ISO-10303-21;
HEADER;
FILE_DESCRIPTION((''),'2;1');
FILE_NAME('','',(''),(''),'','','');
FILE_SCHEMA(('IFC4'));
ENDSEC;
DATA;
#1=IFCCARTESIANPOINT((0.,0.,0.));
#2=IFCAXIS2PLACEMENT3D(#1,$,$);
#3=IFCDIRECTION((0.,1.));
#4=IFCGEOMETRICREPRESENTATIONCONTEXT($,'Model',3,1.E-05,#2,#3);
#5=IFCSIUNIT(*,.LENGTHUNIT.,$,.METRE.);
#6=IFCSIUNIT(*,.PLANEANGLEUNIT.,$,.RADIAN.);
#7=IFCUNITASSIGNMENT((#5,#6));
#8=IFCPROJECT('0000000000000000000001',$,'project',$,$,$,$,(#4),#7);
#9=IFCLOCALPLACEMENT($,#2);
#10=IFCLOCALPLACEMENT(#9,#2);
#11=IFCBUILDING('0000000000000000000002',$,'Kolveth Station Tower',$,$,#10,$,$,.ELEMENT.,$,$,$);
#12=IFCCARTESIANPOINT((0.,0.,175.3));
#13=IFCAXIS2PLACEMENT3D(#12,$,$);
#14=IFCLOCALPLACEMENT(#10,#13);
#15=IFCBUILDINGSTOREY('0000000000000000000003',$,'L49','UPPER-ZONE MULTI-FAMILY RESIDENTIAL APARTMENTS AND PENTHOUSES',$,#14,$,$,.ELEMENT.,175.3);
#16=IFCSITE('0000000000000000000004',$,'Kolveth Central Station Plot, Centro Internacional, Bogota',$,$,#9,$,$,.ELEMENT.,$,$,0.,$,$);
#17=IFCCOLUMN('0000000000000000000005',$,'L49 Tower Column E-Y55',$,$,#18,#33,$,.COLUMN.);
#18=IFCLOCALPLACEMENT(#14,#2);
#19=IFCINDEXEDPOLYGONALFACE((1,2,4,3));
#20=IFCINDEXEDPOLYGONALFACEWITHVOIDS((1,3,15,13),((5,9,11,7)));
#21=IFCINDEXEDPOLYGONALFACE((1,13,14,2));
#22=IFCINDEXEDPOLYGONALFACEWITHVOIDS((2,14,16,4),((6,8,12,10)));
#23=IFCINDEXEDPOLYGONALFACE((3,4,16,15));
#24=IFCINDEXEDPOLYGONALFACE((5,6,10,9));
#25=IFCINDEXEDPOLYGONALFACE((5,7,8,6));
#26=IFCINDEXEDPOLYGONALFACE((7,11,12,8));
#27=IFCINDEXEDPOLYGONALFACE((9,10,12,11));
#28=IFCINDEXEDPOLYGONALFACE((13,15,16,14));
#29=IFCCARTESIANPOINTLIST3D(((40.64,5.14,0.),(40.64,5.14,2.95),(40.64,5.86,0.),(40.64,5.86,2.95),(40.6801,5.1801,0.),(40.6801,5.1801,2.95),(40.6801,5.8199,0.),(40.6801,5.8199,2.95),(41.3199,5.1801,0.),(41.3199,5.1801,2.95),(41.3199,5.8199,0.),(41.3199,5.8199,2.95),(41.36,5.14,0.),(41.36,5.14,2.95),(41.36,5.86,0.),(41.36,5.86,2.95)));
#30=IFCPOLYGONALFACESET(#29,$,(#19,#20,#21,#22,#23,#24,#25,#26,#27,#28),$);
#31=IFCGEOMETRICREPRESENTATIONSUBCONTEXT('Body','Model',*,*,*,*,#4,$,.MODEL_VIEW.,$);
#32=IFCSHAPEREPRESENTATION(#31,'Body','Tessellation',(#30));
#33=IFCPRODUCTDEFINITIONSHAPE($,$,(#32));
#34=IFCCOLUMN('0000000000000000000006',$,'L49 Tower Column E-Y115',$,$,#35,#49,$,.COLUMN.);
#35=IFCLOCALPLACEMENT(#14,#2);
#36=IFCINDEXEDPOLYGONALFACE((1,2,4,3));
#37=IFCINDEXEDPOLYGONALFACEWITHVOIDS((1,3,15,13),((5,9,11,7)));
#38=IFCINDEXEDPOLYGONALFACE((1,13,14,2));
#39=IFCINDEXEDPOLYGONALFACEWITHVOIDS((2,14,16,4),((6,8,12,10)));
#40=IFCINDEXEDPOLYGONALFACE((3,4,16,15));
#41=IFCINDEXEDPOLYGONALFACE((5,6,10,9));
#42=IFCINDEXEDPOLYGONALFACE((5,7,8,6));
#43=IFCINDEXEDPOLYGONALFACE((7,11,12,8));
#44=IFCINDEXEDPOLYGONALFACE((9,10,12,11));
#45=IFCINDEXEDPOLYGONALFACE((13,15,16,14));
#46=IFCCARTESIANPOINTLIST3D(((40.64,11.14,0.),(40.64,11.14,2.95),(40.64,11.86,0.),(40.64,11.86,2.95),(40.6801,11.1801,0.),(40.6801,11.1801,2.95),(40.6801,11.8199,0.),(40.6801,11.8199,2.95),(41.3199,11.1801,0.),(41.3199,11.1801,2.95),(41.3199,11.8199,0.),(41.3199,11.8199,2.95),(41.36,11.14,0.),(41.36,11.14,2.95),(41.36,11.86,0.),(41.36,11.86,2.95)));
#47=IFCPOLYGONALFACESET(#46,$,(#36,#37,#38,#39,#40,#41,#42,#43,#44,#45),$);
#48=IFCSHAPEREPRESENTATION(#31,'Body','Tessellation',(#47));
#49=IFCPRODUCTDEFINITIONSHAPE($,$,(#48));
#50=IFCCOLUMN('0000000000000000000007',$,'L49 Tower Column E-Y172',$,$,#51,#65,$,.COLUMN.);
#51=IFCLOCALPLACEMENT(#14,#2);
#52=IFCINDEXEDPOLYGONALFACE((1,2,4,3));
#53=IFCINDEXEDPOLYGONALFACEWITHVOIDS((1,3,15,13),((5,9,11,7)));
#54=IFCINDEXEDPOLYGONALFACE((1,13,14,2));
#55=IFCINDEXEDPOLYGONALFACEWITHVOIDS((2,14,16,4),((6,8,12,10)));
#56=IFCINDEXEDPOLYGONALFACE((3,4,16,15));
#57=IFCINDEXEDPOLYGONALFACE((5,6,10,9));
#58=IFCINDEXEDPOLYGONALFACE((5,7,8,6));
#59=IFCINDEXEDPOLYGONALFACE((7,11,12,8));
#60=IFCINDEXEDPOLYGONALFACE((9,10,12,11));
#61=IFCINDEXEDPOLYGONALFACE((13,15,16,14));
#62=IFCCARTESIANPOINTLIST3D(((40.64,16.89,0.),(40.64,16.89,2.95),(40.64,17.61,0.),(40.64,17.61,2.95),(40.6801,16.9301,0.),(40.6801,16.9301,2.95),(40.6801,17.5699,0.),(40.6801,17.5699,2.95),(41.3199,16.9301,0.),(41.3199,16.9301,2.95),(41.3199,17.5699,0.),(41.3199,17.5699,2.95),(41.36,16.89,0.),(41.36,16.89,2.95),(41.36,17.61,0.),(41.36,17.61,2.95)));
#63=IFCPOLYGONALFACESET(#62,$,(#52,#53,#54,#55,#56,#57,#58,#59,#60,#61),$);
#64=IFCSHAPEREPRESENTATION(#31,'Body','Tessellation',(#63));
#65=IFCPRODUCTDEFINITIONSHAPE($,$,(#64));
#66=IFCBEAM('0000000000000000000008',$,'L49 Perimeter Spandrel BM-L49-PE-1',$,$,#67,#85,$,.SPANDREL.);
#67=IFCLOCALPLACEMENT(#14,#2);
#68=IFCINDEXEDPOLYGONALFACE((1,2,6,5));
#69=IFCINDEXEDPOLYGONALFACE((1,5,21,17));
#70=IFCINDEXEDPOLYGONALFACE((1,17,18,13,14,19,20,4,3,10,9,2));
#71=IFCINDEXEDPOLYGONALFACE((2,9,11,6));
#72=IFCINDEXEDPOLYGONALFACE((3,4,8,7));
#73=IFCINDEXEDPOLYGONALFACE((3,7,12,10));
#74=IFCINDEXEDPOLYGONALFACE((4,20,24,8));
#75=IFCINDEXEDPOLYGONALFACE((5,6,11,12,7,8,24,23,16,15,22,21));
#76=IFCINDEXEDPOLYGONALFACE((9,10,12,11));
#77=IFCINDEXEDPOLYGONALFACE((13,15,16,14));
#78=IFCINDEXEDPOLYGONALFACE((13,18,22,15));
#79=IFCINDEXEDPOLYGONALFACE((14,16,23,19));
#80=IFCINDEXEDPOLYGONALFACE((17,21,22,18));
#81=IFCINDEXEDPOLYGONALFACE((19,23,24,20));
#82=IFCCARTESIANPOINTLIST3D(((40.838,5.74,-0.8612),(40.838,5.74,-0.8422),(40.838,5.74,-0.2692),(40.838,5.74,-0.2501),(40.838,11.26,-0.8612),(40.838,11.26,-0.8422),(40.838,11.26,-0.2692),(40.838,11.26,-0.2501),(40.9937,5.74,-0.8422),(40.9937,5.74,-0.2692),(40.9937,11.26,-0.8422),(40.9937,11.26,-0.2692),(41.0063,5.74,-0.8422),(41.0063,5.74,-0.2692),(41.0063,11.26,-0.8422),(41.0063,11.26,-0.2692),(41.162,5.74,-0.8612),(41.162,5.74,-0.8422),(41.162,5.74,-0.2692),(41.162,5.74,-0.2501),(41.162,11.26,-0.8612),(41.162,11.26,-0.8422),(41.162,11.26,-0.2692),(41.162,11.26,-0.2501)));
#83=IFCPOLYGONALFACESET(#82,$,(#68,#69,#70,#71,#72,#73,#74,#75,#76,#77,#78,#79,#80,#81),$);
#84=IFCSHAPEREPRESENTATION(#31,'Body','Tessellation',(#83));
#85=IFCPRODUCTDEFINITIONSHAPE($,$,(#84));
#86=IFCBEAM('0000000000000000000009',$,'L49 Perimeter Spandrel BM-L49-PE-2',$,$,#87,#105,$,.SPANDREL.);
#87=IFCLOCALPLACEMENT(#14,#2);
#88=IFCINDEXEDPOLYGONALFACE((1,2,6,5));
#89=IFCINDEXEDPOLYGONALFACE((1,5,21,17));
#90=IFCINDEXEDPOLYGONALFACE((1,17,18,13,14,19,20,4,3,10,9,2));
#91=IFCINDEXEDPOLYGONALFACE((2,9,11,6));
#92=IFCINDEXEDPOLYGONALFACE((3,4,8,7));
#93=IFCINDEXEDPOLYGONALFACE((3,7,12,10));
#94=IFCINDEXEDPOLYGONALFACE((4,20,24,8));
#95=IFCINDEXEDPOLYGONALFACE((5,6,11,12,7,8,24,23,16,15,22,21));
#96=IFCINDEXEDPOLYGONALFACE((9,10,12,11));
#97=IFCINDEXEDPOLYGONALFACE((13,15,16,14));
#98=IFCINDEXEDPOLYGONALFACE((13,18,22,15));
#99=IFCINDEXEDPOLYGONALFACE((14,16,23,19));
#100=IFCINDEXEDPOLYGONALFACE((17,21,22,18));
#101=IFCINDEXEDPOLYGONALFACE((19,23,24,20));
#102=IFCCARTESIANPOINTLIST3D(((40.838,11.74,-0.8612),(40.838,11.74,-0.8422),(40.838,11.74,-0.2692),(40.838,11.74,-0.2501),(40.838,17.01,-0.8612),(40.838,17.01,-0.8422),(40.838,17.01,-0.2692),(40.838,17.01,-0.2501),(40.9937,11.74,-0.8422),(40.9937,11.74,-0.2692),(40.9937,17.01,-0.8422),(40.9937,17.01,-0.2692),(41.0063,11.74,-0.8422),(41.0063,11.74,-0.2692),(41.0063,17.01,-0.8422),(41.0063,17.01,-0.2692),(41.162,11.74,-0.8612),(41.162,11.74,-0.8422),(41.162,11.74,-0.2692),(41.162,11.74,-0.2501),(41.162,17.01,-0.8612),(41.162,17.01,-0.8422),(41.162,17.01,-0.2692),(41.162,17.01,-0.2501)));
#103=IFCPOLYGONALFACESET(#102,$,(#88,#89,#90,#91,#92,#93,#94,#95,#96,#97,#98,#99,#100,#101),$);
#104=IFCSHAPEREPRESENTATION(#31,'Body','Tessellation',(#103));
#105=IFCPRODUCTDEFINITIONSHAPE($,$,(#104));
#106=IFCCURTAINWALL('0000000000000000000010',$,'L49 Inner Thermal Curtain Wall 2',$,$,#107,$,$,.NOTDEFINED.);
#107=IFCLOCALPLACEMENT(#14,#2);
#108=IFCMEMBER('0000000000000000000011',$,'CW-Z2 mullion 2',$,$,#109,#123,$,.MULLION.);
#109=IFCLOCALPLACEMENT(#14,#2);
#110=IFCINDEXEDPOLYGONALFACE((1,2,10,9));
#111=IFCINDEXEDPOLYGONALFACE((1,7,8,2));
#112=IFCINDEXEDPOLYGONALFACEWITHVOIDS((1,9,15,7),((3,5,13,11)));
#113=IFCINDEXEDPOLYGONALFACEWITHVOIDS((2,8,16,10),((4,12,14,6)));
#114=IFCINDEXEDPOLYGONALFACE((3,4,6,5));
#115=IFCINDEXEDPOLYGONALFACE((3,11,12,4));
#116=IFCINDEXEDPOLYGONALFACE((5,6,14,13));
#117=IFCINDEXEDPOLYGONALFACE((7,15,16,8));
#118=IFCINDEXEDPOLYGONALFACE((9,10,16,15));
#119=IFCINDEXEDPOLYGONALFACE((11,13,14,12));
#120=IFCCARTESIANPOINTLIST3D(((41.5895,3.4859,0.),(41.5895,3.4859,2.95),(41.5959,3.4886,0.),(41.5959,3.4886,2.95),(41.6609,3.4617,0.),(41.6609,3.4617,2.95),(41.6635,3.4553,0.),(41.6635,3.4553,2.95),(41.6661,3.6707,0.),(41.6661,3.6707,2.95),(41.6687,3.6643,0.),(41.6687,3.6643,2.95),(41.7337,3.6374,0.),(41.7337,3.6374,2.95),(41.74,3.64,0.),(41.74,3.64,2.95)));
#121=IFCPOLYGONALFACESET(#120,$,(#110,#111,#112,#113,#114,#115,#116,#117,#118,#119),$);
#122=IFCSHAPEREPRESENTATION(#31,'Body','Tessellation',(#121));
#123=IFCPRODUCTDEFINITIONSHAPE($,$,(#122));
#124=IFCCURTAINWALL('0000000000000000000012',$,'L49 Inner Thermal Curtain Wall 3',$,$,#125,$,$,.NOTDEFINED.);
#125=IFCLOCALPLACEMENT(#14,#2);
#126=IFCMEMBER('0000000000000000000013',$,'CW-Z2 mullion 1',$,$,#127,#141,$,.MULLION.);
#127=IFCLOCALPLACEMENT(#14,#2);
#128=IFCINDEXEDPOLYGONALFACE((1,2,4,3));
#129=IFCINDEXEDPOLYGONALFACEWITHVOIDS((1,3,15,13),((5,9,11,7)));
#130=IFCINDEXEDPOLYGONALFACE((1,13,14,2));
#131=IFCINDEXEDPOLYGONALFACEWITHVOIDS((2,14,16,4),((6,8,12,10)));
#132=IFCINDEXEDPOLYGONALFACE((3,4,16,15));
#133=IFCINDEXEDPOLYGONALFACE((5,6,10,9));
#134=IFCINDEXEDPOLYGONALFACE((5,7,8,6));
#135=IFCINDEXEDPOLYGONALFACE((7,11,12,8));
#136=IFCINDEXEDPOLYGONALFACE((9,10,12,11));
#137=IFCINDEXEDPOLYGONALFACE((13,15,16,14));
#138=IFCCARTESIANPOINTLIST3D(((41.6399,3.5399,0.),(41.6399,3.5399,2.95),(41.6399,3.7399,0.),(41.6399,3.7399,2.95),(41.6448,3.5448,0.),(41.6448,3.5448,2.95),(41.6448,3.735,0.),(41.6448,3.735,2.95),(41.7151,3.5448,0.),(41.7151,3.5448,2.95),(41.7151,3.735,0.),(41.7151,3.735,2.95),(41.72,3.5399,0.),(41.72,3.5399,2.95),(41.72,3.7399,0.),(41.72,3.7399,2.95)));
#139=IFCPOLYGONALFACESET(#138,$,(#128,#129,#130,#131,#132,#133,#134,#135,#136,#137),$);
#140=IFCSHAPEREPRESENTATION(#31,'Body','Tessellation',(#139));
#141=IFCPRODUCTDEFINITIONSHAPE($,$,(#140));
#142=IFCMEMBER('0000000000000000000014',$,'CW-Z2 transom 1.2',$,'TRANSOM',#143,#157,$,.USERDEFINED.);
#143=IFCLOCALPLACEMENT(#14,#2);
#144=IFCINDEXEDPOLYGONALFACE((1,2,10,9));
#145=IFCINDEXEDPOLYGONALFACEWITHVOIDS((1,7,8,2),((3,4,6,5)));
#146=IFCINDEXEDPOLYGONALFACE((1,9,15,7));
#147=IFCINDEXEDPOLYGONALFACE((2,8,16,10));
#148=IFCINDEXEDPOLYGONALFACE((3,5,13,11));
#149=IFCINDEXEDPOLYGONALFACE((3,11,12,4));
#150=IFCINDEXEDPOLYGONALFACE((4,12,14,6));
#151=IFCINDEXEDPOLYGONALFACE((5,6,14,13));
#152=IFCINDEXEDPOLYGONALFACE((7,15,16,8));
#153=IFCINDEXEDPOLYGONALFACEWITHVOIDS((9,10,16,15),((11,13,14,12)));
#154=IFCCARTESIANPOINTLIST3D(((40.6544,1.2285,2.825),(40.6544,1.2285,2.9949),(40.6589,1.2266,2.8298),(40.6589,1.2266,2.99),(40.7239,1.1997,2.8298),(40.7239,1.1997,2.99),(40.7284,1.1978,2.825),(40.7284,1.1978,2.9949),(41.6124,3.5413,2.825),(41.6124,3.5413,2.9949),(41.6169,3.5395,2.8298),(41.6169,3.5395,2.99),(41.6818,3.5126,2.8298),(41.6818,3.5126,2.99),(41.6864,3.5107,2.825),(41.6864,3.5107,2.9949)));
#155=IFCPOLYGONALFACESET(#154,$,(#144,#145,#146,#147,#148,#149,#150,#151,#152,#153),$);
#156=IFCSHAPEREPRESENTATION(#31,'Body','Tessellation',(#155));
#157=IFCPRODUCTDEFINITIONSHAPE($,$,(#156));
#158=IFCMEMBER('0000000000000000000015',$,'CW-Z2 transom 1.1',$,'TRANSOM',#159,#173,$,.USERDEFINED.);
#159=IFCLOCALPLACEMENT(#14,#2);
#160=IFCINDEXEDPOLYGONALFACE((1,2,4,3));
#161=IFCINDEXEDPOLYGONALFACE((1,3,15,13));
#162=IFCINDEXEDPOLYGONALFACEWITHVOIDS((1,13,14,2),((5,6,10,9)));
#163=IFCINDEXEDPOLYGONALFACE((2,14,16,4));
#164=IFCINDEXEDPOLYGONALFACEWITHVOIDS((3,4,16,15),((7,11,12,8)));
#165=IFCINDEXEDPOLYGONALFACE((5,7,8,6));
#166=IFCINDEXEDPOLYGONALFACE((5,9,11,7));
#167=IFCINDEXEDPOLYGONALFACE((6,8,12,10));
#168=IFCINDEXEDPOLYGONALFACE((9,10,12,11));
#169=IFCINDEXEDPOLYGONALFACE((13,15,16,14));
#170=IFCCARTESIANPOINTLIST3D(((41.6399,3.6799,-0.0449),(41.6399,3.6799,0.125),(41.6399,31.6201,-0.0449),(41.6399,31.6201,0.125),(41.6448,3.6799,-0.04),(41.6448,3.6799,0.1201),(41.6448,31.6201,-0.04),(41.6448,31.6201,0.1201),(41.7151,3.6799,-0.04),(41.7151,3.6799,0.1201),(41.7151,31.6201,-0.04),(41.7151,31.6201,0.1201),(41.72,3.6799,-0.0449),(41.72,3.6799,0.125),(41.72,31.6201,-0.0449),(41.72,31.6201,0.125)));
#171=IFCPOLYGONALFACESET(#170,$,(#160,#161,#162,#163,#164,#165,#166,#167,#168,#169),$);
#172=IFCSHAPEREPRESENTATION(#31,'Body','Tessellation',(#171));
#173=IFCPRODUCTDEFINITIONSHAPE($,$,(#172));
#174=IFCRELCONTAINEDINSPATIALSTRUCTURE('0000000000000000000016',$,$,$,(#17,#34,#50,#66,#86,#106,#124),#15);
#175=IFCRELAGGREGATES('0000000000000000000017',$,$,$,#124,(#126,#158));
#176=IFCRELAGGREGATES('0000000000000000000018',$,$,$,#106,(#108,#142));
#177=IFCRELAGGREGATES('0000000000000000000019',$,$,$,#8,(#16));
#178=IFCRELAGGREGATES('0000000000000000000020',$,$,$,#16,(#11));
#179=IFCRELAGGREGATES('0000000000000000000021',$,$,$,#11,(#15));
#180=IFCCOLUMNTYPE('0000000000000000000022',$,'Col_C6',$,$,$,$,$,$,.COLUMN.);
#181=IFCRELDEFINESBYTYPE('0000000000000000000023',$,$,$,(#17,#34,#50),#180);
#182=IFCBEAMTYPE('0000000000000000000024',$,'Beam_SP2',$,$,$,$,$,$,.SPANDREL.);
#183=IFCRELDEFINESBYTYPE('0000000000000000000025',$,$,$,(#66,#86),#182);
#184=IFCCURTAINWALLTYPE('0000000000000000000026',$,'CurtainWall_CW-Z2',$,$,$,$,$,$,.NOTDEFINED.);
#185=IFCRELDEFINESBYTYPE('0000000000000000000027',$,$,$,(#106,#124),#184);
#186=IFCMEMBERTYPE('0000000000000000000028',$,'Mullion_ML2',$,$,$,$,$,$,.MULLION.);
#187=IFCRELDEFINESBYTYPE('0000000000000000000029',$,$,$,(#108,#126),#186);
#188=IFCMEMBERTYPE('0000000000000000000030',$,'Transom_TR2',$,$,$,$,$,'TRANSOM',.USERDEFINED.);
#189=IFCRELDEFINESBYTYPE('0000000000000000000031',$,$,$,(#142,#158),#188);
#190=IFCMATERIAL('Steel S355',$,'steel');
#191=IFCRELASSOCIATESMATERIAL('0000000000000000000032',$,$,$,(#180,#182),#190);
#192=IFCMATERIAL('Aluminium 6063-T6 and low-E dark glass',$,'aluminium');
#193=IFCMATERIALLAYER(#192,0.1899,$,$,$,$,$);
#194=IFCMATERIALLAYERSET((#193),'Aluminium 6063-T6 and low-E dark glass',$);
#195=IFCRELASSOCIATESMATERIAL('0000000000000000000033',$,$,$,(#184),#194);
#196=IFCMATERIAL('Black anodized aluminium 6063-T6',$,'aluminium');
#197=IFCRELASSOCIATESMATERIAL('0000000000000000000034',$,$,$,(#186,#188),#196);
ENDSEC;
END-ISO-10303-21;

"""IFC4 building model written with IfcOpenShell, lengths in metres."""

from ifc_helpers import new_model, si_unit, direction, frame, origin, origin_2d, place, context, subcontext, project, spatial, hollow_rectangle, i_section, extrude, source, transform, mapped, material, layer, layer_set, material_profile, profile_set, type_object, element, aggregate, save


model = new_model("IFC4")

# Units and contexts
model_context = context("Model", 3, precision=1e-05, world=origin(), true_north=direction((0.0, 1.0)))
body_context = subcontext(model_context, "Body", "Model", "MODEL_VIEW")
ifc_project = project(units=[si_unit("LENGTHUNIT", "METRE"), si_unit("PLANEANGLEUNIT", "RADIAN")], contexts=[model_context])

# Site, building, storey
site_placement = place(None, origin())
site = spatial("IfcSite", under=ifc_project, at=site_placement, Name="Kolveth Central Station Plot, Centro Internacional, Bogota", CompositionType="ELEMENT", RefElevation=0.0)
building_placement = place(site_placement, origin())
building = spatial("IfcBuilding", under=site, at=building_placement, Name="Kolveth Station Tower", CompositionType="ELEMENT")
storey_placement = place(building_placement, frame((0.0, 0.0, 175.3)))
storey = spatial("IfcBuildingStorey", under=building, at=storey_placement, Name="L49", Description="UPPER-ZONE MULTI-FAMILY RESIDENTIAL APARTMENTS AND PENTHOUSES", CompositionType="ELEMENT", Elevation=175.3)

# Columns
ifc_material_1 = material(Name="Steel S355", Category="steel")
ifc_material_profile_1 = material_profile(ifc_material_1, hollow_rectangle(XDim=0.72, YDim=0.72, WallThickness=0.04, at=origin_2d()), Name="BOX720x720x40")
ifc_profile_set_1 = profile_set([ifc_material_profile_1], Name="Steel S355")
column_type = type_object("IfcColumnType", Name="Col_C6", PredefinedType="COLUMN", material=ifc_profile_set_1)
shared_shape_1 = source(origin(), body_context, "Body", "SweptSolid", [
    extrude(hollow_rectangle(XDim=0.72, YDim=0.72, WallThickness=0.04, at=origin_2d()), origin(), (0.0, 0.0, 1.0), 2.95),
])
for number, where, z_axis, x_axis, name in (
    (1, (41.0, 5.5, 0.0), (0.0, 0.0, 1.0), (1.0, 0.0, 0.0), "L49 Tower Column E-Y55"),
    (2, (41.0, 11.5, 0.0), (0.0, 0.0, 1.0), (1.0, 0.0, 0.0), "L49 Tower Column E-Y115"),
    (3, (41.0, 17.25, 0.0), (0.0, 0.0, 1.0), (1.0, 0.0, 0.0), "L49 Tower Column E-Y172"),
):
    element("IfcColumn", number, at=place(storey_placement, frame(where, z_axis=z_axis, x_axis=x_axis)), inside=storey, type_object=column_type, Name=name, PredefinedType="COLUMN", context=body_context, shape_type="MappedRepresentation", body=[
        mapped(shared_shape_1, transform((0.0, 0.0, 0.0), x_axis=(1.0, 0.0, 0.0), y_axis=(0.0, 1.0, 0.0), z_axis=(0.0, 0.0, 1.0), scale=1.0)),
    ])

# Beams
ifc_material_profile_2 = material_profile(ifc_material_1, i_section(OverallWidth=0.324, OverallDepth=0.6111, WebThickness=0.0127, FlangeThickness=0.019, at=origin_2d()), Name="W610x155")
ifc_profile_set_2 = profile_set([ifc_material_profile_2], Name="Steel S355")
beam_type = type_object("IfcBeamType", Name="Beam_SP2", PredefinedType="SPANDREL", material=ifc_profile_set_2)
shared_shape_2 = source(origin(), body_context, "Body", "SweptSolid", [
    extrude(i_section(OverallWidth=0.324, OverallDepth=0.6111, WebThickness=0.0127, FlangeThickness=0.019, at=origin_2d()), origin(), (0.0, 0.0, 1.0), 5.52),
])
beam_1_placement = place(storey_placement, frame((41.0, 5.74, -0.5557), z_axis=(0.0, 1.0, 0.0), x_axis=(-1.0, 0.0, 0.0)))
element("IfcBeam", 4, at=beam_1_placement, inside=storey, type_object=beam_type, Name="L49 Perimeter Spandrel BM-L49-PE-1", PredefinedType="SPANDREL", context=body_context, shape_type="MappedRepresentation", body=[
    mapped(shared_shape_2, transform((0.0, 0.0, 0.0), x_axis=(1.0, 0.0, 0.0), y_axis=(0.0, 1.0, 0.0), z_axis=(0.0, 0.0, 1.0), scale=1.0)),
])
shared_shape_3 = source(origin(), body_context, "Body", "SweptSolid", [
    extrude(i_section(OverallWidth=0.324, OverallDepth=0.6111, WebThickness=0.0127, FlangeThickness=0.019, at=origin_2d()), origin(), (0.0, 0.0, 1.0), 5.27),
])
beam_2_placement = place(storey_placement, frame((41.0, 11.74, -0.5557), z_axis=(0.0, 1.0, 0.0), x_axis=(-1.0, 0.0, 0.0)))
element("IfcBeam", 5, at=beam_2_placement, inside=storey, type_object=beam_type, Name="L49 Perimeter Spandrel BM-L49-PE-2", PredefinedType="SPANDREL", context=body_context, shape_type="MappedRepresentation", body=[
    mapped(shared_shape_3, transform((0.0, 0.0, 0.0), x_axis=(1.0, 0.0, 0.0), y_axis=(0.0, 1.0, 0.0), z_axis=(0.0, 0.0, 1.0), scale=1.0)),
])

# Curtain walls, members
ifc_material_2 = material(Name="Aluminium 6063-T6 and low-E dark glass", Category="aluminium")
ifc_layer_1 = layer(ifc_material_2, 0.1899)
ifc_layer_set_1 = layer_set([ifc_layer_1], Name="Aluminium 6063-T6 and low-E dark glass")
curtain_wall_type_1 = type_object("IfcCurtainWallType", Name="CurtainWall_CW-Z2", PredefinedType="NOTDEFINED", material=ifc_layer_set_1)
curtain_wall_1_placement = place(storey_placement, origin())
curtain_wall_1 = element("IfcCurtainWall", 6, at=curtain_wall_1_placement, inside=storey, type_object=curtain_wall_type_1, Name="L49 Inner Thermal Curtain Wall 2", PredefinedType="NOTDEFINED")
ifc_material_3 = material(Name="Black anodized aluminium 6063-T6", Category="aluminium")
ifc_material_profile_3 = material_profile(ifc_material_3, hollow_rectangle(XDim=0.0801, YDim=0.2, WallThickness=0.0049, at=origin_2d()), Name="ALU-80x200x5")
ifc_profile_set_3 = profile_set([ifc_material_profile_3], Name="Black anodized aluminium 6063-T6")
member_type_1 = type_object("IfcMemberType", Name="Mullion_ML2", PredefinedType="MULLION", material=ifc_profile_set_3)
shared_shape_4 = source(origin(), body_context, "Body", "SweptSolid", [
    extrude(hollow_rectangle(XDim=0.0801, YDim=0.2, WallThickness=0.0049, at=origin_2d()), origin(), (0.0, 0.0, 1.0), 2.95),
])
member_1_placement = place(storey_placement, frame((41.6648, 3.563, 0.0), z_axis=(0.0, 0.0, 1.0), x_axis=(-0.923874, 0.382698, 0.0)))
member_1 = element("IfcMember", 7, at=member_1_placement, type_object=member_type_1, Name="CW-Z2 mullion 2", PredefinedType="MULLION", context=body_context, shape_type="MappedRepresentation", body=[
    mapped(shared_shape_4, transform((0.0, 0.0, 0.0), x_axis=(1.0, 0.0, 0.0), y_axis=(0.0, 1.0, 0.0), z_axis=(0.0, 0.0, 1.0), scale=1.0)),
])
curtain_wall_2_placement = place(storey_placement, origin())
curtain_wall_2 = element("IfcCurtainWall", 8, at=curtain_wall_2_placement, inside=storey, type_object=curtain_wall_type_1, Name="L49 Inner Thermal Curtain Wall 3", PredefinedType="NOTDEFINED")
member_2_placement = place(storey_placement, frame((41.6799, 3.6399, 0.0), z_axis=(0.0, 0.0, 1.0), x_axis=(-1.0, 0.0, 0.0)))
member_2 = element("IfcMember", 9, at=member_2_placement, type_object=member_type_1, Name="CW-Z2 mullion 1", PredefinedType="MULLION", context=body_context, shape_type="MappedRepresentation", body=[
    mapped(shared_shape_4, transform((0.0, 0.0, 0.0), x_axis=(1.0, 0.0, 0.0), y_axis=(0.0, 1.0, 0.0), z_axis=(0.0, 0.0, 1.0), scale=1.0)),
])

# Members
ifc_material_profile_4 = material_profile(ifc_material_3, hollow_rectangle(XDim=0.0801, YDim=0.1699, WallThickness=0.0049, at=origin_2d()), Name="ALU-80x170x5")
ifc_profile_set_4 = profile_set([ifc_material_profile_4], Name="Black anodized aluminium 6063-T6")
member_type_2 = type_object("IfcMemberType", Name="Transom_TR2", ElementType="TRANSOM", PredefinedType="USERDEFINED", material=ifc_profile_set_4)
shared_shape_5 = source(origin(), body_context, "Body", "SweptSolid", [
    extrude(hollow_rectangle(XDim=0.0801, YDim=0.1699, WallThickness=0.0049, at=origin_2d()), origin(), (0.0, 0.0, 1.0), 2.5034),
])
member_3_placement = place(storey_placement, frame((40.6914, 1.2131, 2.9099), z_axis=(0.382662, 0.923888, 0.0), x_axis=(-0.923888, 0.382662, 0.0)))
member_3 = element("IfcMember", 10, at=member_3_placement, type_object=member_type_2, Name="CW-Z2 transom 1.2", ObjectType="TRANSOM", PredefinedType="USERDEFINED", context=body_context, shape_type="MappedRepresentation", body=[
    mapped(shared_shape_5, transform((0.0, 0.0, 0.0), x_axis=(1.0, 0.0, 0.0), y_axis=(0.0, 1.0, 0.0), z_axis=(0.0, 0.0, 1.0), scale=1.0)),
])
shared_shape_6 = source(origin(), body_context, "Body", "SweptSolid", [
    extrude(hollow_rectangle(XDim=0.0801, YDim=0.1699, WallThickness=0.0049, at=origin_2d()), origin(), (0.0, 0.0, 1.0), 27.9402),
])
member_4_placement = place(storey_placement, frame((41.6799, 3.6799, 0.04), z_axis=(0.0, 1.0, 0.0), x_axis=(-1.0, 0.0, 0.0)))
member_4 = element("IfcMember", 11, at=member_4_placement, type_object=member_type_2, Name="CW-Z2 transom 1.1", ObjectType="TRANSOM", PredefinedType="USERDEFINED", context=body_context, shape_type="MappedRepresentation", body=[
    mapped(shared_shape_6, transform((0.0, 0.0, 0.0), x_axis=(1.0, 0.0, 0.0), y_axis=(0.0, 1.0, 0.0), z_axis=(0.0, 0.0, 1.0), scale=1.0)),
])
aggregate(curtain_wall_2, [member_2, member_4])

aggregate(curtain_wall_1, [member_1, member_3])

save(model, "model.ifc")
